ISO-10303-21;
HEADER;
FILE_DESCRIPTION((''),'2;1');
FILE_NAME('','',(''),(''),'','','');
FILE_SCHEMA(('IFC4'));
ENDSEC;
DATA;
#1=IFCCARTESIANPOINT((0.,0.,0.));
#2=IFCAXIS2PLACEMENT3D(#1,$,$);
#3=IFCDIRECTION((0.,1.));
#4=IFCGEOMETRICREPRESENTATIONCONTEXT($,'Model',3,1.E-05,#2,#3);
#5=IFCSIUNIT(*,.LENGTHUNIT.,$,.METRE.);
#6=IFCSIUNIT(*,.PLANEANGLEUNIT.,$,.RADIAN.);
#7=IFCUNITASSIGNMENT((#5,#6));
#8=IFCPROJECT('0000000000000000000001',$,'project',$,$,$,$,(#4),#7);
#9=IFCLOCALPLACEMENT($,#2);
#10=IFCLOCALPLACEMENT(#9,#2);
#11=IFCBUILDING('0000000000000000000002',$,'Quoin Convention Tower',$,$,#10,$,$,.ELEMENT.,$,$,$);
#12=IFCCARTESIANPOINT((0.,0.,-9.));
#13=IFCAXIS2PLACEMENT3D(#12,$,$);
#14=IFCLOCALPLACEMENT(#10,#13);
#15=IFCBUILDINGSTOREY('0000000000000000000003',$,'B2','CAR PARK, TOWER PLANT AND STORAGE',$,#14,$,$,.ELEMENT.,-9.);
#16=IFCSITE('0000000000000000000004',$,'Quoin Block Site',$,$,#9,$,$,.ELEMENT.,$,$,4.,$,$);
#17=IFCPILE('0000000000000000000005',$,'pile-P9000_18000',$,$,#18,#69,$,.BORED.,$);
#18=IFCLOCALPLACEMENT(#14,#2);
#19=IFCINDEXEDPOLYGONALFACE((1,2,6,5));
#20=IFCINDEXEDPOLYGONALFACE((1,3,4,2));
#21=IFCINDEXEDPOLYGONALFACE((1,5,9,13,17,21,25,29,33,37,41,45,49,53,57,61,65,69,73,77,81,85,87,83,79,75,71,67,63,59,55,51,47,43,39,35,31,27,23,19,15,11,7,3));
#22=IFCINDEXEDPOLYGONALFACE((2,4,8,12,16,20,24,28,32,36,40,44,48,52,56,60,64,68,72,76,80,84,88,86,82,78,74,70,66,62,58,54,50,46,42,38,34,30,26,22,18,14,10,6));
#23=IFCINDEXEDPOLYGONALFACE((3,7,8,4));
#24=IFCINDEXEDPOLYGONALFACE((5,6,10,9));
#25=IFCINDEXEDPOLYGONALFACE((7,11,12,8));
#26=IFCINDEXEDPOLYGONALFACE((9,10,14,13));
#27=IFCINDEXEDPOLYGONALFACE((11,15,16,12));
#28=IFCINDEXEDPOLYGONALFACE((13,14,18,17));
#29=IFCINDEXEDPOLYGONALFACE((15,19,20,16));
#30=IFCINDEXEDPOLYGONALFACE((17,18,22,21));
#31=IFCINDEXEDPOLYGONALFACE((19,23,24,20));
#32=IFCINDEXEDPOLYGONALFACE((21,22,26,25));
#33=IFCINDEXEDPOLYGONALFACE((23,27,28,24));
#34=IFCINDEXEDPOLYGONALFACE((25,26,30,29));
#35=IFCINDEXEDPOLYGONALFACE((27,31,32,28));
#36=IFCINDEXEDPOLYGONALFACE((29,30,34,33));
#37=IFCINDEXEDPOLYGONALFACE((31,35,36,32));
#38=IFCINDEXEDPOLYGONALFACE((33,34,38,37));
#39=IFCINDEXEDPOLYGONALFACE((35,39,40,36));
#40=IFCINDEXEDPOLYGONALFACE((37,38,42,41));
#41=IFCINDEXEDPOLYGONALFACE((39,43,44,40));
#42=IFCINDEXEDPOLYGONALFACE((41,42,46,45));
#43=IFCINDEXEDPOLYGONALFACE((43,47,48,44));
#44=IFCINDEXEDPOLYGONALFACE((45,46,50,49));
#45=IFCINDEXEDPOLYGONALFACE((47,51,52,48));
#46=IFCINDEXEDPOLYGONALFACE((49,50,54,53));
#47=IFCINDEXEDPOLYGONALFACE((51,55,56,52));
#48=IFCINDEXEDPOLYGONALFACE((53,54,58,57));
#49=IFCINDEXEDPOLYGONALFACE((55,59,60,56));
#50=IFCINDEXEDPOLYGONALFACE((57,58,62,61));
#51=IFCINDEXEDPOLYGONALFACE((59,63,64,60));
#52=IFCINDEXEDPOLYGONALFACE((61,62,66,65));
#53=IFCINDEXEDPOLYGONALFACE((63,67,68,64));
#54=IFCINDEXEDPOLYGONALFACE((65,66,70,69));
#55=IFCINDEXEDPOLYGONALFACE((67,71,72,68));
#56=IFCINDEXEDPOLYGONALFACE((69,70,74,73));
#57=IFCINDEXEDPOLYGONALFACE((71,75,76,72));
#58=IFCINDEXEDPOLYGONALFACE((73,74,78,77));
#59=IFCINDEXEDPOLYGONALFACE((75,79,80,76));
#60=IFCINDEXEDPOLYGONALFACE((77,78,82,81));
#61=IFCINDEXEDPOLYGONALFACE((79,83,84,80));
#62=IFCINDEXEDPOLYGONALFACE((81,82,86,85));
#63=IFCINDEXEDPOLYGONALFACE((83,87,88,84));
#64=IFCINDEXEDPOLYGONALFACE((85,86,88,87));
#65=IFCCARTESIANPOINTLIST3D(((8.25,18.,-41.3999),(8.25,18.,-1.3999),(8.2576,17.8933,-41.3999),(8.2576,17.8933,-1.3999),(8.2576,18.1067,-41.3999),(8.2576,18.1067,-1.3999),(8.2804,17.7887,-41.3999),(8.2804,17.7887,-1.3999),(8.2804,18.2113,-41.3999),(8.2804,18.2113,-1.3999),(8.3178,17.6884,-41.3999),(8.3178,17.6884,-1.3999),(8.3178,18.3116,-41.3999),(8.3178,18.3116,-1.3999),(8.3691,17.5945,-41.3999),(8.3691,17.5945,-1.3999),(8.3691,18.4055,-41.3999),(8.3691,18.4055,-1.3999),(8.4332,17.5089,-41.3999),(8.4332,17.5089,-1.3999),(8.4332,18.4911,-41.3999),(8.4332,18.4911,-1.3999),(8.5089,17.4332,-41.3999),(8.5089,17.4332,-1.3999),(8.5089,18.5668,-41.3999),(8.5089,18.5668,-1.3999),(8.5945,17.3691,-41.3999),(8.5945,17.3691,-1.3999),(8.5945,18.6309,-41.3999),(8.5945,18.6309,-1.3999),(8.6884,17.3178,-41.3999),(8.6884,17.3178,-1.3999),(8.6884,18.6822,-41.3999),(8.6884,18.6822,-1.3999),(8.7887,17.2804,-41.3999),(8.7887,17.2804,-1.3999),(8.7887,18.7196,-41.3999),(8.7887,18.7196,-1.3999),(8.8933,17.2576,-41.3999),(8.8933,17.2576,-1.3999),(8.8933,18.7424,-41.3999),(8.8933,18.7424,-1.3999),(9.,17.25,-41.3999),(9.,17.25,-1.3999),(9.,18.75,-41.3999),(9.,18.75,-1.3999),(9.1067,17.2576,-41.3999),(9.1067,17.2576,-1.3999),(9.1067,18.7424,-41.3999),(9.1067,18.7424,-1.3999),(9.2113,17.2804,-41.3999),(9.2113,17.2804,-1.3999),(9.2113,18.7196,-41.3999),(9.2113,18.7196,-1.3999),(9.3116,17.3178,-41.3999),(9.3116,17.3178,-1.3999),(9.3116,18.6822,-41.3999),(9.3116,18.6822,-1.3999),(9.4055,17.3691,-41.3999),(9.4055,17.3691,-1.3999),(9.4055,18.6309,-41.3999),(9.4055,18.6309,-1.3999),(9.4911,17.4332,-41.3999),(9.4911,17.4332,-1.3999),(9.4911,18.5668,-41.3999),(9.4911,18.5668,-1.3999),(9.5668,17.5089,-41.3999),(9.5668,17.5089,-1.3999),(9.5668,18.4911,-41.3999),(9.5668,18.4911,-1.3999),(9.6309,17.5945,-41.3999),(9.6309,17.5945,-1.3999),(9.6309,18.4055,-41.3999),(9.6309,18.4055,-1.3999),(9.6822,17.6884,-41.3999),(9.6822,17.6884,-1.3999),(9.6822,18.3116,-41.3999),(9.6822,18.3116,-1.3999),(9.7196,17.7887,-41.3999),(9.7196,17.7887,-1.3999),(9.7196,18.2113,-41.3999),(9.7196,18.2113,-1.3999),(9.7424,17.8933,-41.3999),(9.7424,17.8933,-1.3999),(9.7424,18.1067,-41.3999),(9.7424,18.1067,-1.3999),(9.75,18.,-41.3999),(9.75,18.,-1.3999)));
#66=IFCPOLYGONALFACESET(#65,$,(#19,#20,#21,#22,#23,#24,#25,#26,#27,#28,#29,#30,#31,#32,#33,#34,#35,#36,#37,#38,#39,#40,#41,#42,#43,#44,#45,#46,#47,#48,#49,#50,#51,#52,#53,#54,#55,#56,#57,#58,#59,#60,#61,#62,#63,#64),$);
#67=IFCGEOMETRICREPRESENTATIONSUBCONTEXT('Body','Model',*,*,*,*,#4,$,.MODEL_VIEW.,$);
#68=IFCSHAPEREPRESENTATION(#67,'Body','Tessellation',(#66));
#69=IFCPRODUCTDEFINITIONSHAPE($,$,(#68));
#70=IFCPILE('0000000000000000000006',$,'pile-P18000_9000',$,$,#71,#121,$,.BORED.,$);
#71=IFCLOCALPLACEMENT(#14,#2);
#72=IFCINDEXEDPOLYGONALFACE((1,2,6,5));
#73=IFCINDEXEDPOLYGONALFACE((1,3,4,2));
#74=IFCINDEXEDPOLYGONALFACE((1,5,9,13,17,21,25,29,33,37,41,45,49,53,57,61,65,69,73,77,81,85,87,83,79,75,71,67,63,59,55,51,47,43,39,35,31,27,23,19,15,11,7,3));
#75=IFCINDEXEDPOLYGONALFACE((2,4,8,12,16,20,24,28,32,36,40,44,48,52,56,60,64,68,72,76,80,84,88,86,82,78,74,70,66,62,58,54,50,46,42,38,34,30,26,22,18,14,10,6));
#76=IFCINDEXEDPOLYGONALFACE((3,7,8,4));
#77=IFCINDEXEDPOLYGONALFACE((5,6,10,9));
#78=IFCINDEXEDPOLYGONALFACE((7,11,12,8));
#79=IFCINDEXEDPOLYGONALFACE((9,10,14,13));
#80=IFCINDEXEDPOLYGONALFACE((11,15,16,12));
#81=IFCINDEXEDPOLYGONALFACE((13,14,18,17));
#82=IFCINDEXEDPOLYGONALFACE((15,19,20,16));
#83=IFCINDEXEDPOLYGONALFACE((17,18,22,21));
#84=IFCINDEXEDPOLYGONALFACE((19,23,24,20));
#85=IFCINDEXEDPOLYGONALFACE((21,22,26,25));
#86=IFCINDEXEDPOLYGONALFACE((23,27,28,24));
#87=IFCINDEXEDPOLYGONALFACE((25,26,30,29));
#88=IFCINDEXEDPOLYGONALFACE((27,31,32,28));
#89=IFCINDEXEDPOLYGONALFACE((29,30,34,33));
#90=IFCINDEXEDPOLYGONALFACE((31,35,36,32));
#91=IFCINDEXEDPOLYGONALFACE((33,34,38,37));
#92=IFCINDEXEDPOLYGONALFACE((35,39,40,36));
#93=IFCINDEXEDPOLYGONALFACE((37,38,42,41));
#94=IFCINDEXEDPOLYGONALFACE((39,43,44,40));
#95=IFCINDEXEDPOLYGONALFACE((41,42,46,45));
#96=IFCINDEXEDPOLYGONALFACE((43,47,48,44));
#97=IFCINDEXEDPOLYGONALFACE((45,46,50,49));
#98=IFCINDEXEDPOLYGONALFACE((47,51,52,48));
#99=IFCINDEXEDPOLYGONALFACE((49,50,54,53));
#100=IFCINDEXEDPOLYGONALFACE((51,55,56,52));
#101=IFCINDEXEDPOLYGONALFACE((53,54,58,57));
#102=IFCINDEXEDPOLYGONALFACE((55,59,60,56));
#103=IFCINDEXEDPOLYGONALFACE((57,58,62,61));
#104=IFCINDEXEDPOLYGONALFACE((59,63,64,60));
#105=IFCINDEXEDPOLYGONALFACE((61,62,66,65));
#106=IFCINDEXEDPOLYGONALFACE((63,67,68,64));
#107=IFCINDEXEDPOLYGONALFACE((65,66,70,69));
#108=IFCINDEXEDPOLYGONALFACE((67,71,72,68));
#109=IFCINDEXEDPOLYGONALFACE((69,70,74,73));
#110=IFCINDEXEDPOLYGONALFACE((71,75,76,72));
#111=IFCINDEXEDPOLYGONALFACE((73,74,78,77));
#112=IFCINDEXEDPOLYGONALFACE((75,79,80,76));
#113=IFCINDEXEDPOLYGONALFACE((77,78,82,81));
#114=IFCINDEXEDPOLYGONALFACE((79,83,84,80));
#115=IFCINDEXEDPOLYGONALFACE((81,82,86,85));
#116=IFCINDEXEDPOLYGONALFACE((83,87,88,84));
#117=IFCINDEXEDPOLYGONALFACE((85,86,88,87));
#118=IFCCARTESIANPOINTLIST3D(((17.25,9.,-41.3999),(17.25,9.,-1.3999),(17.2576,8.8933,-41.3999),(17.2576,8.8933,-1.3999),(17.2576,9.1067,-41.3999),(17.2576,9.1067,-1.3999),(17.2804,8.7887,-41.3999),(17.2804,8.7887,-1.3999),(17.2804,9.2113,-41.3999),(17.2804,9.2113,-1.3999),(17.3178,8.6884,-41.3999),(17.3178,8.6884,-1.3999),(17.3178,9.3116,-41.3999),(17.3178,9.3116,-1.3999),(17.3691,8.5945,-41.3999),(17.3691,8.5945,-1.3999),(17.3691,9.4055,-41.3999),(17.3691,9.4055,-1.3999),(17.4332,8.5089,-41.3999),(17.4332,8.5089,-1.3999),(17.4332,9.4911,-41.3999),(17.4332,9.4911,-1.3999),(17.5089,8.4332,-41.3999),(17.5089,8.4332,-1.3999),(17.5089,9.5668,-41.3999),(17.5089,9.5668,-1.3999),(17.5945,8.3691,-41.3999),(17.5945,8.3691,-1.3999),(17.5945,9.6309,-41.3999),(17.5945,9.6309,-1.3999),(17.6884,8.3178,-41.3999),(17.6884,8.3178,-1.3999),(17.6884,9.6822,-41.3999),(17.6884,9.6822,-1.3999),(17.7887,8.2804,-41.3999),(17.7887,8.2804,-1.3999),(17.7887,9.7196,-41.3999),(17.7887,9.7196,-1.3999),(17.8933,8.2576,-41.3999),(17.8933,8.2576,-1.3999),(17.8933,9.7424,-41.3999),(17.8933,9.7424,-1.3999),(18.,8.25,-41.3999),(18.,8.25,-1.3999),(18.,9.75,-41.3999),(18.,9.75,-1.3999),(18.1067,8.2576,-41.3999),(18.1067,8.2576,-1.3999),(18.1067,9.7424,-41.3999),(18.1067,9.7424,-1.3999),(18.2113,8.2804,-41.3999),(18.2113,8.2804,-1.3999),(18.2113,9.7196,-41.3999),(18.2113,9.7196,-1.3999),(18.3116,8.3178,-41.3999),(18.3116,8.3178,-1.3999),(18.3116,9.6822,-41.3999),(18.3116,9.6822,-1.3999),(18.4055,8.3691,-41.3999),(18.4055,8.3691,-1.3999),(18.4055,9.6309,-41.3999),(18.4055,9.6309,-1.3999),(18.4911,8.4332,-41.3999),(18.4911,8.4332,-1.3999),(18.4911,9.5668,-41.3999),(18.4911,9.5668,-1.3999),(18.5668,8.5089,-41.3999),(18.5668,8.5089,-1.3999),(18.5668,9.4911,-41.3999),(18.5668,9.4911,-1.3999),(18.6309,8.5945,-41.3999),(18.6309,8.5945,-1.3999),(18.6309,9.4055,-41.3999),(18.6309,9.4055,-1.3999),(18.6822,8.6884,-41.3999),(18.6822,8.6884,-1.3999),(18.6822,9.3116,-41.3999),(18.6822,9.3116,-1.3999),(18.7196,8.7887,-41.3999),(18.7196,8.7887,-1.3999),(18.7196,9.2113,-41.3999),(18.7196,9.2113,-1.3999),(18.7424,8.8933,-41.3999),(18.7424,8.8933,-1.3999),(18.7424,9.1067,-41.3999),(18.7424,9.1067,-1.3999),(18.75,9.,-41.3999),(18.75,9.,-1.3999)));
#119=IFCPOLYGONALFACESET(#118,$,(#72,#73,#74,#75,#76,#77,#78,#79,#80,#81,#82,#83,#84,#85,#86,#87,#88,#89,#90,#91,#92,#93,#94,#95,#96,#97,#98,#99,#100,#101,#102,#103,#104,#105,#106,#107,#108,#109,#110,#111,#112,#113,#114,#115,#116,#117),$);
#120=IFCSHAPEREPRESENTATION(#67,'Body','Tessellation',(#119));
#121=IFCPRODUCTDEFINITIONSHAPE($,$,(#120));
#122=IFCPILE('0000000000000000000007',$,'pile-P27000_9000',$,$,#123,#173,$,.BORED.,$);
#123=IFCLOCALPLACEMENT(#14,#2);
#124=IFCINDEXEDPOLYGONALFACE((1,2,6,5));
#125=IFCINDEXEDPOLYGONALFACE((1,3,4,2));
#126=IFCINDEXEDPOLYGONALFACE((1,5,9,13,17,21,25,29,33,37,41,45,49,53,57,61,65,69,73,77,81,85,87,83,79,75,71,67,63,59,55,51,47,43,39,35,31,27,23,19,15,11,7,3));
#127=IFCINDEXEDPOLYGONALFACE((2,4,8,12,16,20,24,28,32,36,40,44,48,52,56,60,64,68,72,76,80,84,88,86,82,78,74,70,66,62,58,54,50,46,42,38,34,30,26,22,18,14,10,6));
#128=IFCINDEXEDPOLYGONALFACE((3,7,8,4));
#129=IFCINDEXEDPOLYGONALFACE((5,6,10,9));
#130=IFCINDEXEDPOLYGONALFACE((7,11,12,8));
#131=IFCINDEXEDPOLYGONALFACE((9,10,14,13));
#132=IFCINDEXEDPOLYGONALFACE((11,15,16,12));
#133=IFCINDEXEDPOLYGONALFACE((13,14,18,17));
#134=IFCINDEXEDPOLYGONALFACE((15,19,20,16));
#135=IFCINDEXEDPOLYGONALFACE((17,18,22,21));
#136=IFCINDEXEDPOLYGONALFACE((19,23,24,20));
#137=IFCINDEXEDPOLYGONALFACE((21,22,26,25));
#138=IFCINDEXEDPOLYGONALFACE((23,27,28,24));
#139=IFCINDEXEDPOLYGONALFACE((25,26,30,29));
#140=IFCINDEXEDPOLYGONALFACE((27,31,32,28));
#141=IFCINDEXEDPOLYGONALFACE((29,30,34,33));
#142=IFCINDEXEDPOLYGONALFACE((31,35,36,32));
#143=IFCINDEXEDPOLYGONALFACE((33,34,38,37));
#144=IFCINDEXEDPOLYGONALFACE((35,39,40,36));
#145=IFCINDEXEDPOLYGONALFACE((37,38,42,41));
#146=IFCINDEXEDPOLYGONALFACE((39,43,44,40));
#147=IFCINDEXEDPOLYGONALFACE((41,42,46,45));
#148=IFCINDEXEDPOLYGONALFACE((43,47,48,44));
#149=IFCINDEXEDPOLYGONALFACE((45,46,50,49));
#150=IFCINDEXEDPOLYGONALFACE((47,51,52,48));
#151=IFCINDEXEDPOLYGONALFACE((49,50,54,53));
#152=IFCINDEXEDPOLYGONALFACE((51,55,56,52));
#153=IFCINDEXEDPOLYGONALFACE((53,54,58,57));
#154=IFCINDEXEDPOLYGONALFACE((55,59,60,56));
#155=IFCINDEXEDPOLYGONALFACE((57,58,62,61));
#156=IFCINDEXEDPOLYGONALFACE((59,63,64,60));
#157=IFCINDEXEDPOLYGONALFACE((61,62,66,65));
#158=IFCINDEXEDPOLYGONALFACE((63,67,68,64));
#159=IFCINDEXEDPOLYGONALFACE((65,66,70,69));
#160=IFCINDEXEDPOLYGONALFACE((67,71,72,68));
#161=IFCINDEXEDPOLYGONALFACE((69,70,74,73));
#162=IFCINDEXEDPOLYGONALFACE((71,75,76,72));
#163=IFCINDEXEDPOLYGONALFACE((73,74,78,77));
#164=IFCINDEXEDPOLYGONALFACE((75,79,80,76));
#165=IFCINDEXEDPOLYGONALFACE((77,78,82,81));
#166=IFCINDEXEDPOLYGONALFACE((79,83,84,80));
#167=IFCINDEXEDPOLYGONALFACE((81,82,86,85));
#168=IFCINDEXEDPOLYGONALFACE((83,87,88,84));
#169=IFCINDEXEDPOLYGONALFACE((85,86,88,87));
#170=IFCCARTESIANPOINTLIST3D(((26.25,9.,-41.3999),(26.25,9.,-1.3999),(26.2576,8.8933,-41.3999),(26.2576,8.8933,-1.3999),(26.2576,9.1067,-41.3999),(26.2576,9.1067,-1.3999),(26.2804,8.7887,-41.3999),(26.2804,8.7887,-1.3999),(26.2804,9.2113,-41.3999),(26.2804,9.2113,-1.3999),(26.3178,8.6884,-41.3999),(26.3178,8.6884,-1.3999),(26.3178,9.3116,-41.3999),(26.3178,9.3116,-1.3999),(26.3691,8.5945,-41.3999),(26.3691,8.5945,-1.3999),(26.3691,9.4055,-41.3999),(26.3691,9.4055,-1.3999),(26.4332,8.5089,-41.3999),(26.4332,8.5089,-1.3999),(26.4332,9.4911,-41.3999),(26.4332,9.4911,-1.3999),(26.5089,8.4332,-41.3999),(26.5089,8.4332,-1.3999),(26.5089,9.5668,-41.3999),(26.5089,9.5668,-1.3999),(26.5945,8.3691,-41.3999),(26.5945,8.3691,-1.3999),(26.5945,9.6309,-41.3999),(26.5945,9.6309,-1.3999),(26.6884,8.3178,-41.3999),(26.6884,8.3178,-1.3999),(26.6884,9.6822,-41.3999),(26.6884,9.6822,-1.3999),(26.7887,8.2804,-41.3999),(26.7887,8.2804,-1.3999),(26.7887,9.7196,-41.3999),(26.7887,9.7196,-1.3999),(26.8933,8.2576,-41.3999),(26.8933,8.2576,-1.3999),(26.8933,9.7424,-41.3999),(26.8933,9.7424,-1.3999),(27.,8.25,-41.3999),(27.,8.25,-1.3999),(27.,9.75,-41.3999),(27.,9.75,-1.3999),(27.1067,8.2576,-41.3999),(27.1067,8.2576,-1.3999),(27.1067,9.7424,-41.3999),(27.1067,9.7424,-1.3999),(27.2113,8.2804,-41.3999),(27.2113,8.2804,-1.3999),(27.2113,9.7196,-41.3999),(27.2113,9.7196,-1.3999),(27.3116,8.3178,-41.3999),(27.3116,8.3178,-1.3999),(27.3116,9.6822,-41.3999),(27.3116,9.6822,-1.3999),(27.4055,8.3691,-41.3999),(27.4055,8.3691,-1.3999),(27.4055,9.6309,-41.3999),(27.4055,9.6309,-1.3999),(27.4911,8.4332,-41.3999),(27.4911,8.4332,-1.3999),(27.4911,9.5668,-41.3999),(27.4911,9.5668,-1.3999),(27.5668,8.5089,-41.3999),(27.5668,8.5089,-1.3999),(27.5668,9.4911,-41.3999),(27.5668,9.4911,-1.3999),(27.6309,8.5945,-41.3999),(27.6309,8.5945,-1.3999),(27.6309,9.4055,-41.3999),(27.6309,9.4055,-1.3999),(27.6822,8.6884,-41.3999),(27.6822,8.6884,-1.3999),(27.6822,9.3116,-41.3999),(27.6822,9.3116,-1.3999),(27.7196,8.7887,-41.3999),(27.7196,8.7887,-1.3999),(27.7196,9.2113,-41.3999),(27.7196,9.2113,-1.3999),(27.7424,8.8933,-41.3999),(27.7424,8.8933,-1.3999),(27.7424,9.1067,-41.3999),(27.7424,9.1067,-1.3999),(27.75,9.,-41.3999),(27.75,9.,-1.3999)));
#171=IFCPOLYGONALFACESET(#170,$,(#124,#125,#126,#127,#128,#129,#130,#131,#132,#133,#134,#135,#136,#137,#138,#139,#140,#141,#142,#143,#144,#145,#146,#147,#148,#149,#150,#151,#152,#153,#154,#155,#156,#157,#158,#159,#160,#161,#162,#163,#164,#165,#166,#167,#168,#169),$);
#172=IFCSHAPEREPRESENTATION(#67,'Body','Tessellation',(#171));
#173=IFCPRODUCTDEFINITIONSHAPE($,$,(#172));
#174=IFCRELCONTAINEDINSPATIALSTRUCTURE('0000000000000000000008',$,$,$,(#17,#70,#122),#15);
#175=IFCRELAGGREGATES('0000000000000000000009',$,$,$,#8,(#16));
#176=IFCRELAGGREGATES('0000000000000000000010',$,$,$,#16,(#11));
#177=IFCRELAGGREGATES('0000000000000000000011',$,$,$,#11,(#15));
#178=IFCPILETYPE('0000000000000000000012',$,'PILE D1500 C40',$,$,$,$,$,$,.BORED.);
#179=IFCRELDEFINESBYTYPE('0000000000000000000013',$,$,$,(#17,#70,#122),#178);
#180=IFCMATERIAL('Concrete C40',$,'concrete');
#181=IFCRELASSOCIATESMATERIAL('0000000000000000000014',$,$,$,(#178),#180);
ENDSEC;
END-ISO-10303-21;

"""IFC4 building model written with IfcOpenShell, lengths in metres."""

from ifc_helpers import new_model, si_unit, direction, frame, origin, origin_2d, place, context, subcontext, project, spatial, circle, extrude, material, material_profile, profile_set, type_object, element, save


model = new_model("IFC4")

# Units and contexts
model_context = context("Model", 3, precision=1e-05, world=origin(), true_north=direction((0.0, 1.0)))
body_context = subcontext(model_context, "Body", "Model", "MODEL_VIEW")
ifc_project = project(units=[si_unit("LENGTHUNIT", "METRE"), si_unit("PLANEANGLEUNIT", "RADIAN")], contexts=[model_context])

# Site, building, storey
site_placement = place(None, origin())
site = spatial("IfcSite", under=ifc_project, at=site_placement, Name="Quoin Block Site", CompositionType="ELEMENT", RefElevation=4.0)
building_placement = place(site_placement, origin())
building = spatial("IfcBuilding", under=site, at=building_placement, Name="Quoin Convention Tower", CompositionType="ELEMENT")
storey_placement = place(building_placement, frame((0.0, 0.0, -9.0)))
storey = spatial("IfcBuildingStorey", under=building, at=storey_placement, Name="B2", Description="CAR PARK, TOWER PLANT AND STORAGE", CompositionType="ELEMENT", Elevation=-9.0)

# Piles
ifc_material_1 = material(Name="Concrete C40", Category="concrete")
ifc_material_profile_1 = material_profile(ifc_material_1, circle(Radius=0.75, at=origin_2d()), Name="D1500")
ifc_profile_set_1 = profile_set([ifc_material_profile_1], Name="Concrete C40")
pile_type = type_object("IfcPileType", Name="PILE D1500 C40", PredefinedType="BORED", material=ifc_profile_set_1)
for number, where, z_axis, x_axis, name in (
    (1, (9.0, 18.0, -1.3999), (0.0, 0.0, -1.0), (1.0, 0.0, 0.0), "pile-P9000_18000"),
    (2, (18.0, 9.0, -1.3999), (0.0, 0.0, -1.0), (1.0, 0.0, 0.0), "pile-P18000_9000"),
    (3, (27.0, 9.0, -1.3999), (0.0, 0.0, -1.0), (1.0, 0.0, 0.0), "pile-P27000_9000"),
):
    element("IfcPile", number, at=place(storey_placement, frame(where, z_axis=z_axis, x_axis=x_axis)), inside=storey, type_object=pile_type, Name=name, PredefinedType="BORED", context=body_context, shape_type="SweptSolid", body=[
        extrude(circle(Radius=0.75, at=origin_2d()), origin(), (0.0, 0.0, 1.0), 40.0),
    ])

save(model, "model.ifc")
